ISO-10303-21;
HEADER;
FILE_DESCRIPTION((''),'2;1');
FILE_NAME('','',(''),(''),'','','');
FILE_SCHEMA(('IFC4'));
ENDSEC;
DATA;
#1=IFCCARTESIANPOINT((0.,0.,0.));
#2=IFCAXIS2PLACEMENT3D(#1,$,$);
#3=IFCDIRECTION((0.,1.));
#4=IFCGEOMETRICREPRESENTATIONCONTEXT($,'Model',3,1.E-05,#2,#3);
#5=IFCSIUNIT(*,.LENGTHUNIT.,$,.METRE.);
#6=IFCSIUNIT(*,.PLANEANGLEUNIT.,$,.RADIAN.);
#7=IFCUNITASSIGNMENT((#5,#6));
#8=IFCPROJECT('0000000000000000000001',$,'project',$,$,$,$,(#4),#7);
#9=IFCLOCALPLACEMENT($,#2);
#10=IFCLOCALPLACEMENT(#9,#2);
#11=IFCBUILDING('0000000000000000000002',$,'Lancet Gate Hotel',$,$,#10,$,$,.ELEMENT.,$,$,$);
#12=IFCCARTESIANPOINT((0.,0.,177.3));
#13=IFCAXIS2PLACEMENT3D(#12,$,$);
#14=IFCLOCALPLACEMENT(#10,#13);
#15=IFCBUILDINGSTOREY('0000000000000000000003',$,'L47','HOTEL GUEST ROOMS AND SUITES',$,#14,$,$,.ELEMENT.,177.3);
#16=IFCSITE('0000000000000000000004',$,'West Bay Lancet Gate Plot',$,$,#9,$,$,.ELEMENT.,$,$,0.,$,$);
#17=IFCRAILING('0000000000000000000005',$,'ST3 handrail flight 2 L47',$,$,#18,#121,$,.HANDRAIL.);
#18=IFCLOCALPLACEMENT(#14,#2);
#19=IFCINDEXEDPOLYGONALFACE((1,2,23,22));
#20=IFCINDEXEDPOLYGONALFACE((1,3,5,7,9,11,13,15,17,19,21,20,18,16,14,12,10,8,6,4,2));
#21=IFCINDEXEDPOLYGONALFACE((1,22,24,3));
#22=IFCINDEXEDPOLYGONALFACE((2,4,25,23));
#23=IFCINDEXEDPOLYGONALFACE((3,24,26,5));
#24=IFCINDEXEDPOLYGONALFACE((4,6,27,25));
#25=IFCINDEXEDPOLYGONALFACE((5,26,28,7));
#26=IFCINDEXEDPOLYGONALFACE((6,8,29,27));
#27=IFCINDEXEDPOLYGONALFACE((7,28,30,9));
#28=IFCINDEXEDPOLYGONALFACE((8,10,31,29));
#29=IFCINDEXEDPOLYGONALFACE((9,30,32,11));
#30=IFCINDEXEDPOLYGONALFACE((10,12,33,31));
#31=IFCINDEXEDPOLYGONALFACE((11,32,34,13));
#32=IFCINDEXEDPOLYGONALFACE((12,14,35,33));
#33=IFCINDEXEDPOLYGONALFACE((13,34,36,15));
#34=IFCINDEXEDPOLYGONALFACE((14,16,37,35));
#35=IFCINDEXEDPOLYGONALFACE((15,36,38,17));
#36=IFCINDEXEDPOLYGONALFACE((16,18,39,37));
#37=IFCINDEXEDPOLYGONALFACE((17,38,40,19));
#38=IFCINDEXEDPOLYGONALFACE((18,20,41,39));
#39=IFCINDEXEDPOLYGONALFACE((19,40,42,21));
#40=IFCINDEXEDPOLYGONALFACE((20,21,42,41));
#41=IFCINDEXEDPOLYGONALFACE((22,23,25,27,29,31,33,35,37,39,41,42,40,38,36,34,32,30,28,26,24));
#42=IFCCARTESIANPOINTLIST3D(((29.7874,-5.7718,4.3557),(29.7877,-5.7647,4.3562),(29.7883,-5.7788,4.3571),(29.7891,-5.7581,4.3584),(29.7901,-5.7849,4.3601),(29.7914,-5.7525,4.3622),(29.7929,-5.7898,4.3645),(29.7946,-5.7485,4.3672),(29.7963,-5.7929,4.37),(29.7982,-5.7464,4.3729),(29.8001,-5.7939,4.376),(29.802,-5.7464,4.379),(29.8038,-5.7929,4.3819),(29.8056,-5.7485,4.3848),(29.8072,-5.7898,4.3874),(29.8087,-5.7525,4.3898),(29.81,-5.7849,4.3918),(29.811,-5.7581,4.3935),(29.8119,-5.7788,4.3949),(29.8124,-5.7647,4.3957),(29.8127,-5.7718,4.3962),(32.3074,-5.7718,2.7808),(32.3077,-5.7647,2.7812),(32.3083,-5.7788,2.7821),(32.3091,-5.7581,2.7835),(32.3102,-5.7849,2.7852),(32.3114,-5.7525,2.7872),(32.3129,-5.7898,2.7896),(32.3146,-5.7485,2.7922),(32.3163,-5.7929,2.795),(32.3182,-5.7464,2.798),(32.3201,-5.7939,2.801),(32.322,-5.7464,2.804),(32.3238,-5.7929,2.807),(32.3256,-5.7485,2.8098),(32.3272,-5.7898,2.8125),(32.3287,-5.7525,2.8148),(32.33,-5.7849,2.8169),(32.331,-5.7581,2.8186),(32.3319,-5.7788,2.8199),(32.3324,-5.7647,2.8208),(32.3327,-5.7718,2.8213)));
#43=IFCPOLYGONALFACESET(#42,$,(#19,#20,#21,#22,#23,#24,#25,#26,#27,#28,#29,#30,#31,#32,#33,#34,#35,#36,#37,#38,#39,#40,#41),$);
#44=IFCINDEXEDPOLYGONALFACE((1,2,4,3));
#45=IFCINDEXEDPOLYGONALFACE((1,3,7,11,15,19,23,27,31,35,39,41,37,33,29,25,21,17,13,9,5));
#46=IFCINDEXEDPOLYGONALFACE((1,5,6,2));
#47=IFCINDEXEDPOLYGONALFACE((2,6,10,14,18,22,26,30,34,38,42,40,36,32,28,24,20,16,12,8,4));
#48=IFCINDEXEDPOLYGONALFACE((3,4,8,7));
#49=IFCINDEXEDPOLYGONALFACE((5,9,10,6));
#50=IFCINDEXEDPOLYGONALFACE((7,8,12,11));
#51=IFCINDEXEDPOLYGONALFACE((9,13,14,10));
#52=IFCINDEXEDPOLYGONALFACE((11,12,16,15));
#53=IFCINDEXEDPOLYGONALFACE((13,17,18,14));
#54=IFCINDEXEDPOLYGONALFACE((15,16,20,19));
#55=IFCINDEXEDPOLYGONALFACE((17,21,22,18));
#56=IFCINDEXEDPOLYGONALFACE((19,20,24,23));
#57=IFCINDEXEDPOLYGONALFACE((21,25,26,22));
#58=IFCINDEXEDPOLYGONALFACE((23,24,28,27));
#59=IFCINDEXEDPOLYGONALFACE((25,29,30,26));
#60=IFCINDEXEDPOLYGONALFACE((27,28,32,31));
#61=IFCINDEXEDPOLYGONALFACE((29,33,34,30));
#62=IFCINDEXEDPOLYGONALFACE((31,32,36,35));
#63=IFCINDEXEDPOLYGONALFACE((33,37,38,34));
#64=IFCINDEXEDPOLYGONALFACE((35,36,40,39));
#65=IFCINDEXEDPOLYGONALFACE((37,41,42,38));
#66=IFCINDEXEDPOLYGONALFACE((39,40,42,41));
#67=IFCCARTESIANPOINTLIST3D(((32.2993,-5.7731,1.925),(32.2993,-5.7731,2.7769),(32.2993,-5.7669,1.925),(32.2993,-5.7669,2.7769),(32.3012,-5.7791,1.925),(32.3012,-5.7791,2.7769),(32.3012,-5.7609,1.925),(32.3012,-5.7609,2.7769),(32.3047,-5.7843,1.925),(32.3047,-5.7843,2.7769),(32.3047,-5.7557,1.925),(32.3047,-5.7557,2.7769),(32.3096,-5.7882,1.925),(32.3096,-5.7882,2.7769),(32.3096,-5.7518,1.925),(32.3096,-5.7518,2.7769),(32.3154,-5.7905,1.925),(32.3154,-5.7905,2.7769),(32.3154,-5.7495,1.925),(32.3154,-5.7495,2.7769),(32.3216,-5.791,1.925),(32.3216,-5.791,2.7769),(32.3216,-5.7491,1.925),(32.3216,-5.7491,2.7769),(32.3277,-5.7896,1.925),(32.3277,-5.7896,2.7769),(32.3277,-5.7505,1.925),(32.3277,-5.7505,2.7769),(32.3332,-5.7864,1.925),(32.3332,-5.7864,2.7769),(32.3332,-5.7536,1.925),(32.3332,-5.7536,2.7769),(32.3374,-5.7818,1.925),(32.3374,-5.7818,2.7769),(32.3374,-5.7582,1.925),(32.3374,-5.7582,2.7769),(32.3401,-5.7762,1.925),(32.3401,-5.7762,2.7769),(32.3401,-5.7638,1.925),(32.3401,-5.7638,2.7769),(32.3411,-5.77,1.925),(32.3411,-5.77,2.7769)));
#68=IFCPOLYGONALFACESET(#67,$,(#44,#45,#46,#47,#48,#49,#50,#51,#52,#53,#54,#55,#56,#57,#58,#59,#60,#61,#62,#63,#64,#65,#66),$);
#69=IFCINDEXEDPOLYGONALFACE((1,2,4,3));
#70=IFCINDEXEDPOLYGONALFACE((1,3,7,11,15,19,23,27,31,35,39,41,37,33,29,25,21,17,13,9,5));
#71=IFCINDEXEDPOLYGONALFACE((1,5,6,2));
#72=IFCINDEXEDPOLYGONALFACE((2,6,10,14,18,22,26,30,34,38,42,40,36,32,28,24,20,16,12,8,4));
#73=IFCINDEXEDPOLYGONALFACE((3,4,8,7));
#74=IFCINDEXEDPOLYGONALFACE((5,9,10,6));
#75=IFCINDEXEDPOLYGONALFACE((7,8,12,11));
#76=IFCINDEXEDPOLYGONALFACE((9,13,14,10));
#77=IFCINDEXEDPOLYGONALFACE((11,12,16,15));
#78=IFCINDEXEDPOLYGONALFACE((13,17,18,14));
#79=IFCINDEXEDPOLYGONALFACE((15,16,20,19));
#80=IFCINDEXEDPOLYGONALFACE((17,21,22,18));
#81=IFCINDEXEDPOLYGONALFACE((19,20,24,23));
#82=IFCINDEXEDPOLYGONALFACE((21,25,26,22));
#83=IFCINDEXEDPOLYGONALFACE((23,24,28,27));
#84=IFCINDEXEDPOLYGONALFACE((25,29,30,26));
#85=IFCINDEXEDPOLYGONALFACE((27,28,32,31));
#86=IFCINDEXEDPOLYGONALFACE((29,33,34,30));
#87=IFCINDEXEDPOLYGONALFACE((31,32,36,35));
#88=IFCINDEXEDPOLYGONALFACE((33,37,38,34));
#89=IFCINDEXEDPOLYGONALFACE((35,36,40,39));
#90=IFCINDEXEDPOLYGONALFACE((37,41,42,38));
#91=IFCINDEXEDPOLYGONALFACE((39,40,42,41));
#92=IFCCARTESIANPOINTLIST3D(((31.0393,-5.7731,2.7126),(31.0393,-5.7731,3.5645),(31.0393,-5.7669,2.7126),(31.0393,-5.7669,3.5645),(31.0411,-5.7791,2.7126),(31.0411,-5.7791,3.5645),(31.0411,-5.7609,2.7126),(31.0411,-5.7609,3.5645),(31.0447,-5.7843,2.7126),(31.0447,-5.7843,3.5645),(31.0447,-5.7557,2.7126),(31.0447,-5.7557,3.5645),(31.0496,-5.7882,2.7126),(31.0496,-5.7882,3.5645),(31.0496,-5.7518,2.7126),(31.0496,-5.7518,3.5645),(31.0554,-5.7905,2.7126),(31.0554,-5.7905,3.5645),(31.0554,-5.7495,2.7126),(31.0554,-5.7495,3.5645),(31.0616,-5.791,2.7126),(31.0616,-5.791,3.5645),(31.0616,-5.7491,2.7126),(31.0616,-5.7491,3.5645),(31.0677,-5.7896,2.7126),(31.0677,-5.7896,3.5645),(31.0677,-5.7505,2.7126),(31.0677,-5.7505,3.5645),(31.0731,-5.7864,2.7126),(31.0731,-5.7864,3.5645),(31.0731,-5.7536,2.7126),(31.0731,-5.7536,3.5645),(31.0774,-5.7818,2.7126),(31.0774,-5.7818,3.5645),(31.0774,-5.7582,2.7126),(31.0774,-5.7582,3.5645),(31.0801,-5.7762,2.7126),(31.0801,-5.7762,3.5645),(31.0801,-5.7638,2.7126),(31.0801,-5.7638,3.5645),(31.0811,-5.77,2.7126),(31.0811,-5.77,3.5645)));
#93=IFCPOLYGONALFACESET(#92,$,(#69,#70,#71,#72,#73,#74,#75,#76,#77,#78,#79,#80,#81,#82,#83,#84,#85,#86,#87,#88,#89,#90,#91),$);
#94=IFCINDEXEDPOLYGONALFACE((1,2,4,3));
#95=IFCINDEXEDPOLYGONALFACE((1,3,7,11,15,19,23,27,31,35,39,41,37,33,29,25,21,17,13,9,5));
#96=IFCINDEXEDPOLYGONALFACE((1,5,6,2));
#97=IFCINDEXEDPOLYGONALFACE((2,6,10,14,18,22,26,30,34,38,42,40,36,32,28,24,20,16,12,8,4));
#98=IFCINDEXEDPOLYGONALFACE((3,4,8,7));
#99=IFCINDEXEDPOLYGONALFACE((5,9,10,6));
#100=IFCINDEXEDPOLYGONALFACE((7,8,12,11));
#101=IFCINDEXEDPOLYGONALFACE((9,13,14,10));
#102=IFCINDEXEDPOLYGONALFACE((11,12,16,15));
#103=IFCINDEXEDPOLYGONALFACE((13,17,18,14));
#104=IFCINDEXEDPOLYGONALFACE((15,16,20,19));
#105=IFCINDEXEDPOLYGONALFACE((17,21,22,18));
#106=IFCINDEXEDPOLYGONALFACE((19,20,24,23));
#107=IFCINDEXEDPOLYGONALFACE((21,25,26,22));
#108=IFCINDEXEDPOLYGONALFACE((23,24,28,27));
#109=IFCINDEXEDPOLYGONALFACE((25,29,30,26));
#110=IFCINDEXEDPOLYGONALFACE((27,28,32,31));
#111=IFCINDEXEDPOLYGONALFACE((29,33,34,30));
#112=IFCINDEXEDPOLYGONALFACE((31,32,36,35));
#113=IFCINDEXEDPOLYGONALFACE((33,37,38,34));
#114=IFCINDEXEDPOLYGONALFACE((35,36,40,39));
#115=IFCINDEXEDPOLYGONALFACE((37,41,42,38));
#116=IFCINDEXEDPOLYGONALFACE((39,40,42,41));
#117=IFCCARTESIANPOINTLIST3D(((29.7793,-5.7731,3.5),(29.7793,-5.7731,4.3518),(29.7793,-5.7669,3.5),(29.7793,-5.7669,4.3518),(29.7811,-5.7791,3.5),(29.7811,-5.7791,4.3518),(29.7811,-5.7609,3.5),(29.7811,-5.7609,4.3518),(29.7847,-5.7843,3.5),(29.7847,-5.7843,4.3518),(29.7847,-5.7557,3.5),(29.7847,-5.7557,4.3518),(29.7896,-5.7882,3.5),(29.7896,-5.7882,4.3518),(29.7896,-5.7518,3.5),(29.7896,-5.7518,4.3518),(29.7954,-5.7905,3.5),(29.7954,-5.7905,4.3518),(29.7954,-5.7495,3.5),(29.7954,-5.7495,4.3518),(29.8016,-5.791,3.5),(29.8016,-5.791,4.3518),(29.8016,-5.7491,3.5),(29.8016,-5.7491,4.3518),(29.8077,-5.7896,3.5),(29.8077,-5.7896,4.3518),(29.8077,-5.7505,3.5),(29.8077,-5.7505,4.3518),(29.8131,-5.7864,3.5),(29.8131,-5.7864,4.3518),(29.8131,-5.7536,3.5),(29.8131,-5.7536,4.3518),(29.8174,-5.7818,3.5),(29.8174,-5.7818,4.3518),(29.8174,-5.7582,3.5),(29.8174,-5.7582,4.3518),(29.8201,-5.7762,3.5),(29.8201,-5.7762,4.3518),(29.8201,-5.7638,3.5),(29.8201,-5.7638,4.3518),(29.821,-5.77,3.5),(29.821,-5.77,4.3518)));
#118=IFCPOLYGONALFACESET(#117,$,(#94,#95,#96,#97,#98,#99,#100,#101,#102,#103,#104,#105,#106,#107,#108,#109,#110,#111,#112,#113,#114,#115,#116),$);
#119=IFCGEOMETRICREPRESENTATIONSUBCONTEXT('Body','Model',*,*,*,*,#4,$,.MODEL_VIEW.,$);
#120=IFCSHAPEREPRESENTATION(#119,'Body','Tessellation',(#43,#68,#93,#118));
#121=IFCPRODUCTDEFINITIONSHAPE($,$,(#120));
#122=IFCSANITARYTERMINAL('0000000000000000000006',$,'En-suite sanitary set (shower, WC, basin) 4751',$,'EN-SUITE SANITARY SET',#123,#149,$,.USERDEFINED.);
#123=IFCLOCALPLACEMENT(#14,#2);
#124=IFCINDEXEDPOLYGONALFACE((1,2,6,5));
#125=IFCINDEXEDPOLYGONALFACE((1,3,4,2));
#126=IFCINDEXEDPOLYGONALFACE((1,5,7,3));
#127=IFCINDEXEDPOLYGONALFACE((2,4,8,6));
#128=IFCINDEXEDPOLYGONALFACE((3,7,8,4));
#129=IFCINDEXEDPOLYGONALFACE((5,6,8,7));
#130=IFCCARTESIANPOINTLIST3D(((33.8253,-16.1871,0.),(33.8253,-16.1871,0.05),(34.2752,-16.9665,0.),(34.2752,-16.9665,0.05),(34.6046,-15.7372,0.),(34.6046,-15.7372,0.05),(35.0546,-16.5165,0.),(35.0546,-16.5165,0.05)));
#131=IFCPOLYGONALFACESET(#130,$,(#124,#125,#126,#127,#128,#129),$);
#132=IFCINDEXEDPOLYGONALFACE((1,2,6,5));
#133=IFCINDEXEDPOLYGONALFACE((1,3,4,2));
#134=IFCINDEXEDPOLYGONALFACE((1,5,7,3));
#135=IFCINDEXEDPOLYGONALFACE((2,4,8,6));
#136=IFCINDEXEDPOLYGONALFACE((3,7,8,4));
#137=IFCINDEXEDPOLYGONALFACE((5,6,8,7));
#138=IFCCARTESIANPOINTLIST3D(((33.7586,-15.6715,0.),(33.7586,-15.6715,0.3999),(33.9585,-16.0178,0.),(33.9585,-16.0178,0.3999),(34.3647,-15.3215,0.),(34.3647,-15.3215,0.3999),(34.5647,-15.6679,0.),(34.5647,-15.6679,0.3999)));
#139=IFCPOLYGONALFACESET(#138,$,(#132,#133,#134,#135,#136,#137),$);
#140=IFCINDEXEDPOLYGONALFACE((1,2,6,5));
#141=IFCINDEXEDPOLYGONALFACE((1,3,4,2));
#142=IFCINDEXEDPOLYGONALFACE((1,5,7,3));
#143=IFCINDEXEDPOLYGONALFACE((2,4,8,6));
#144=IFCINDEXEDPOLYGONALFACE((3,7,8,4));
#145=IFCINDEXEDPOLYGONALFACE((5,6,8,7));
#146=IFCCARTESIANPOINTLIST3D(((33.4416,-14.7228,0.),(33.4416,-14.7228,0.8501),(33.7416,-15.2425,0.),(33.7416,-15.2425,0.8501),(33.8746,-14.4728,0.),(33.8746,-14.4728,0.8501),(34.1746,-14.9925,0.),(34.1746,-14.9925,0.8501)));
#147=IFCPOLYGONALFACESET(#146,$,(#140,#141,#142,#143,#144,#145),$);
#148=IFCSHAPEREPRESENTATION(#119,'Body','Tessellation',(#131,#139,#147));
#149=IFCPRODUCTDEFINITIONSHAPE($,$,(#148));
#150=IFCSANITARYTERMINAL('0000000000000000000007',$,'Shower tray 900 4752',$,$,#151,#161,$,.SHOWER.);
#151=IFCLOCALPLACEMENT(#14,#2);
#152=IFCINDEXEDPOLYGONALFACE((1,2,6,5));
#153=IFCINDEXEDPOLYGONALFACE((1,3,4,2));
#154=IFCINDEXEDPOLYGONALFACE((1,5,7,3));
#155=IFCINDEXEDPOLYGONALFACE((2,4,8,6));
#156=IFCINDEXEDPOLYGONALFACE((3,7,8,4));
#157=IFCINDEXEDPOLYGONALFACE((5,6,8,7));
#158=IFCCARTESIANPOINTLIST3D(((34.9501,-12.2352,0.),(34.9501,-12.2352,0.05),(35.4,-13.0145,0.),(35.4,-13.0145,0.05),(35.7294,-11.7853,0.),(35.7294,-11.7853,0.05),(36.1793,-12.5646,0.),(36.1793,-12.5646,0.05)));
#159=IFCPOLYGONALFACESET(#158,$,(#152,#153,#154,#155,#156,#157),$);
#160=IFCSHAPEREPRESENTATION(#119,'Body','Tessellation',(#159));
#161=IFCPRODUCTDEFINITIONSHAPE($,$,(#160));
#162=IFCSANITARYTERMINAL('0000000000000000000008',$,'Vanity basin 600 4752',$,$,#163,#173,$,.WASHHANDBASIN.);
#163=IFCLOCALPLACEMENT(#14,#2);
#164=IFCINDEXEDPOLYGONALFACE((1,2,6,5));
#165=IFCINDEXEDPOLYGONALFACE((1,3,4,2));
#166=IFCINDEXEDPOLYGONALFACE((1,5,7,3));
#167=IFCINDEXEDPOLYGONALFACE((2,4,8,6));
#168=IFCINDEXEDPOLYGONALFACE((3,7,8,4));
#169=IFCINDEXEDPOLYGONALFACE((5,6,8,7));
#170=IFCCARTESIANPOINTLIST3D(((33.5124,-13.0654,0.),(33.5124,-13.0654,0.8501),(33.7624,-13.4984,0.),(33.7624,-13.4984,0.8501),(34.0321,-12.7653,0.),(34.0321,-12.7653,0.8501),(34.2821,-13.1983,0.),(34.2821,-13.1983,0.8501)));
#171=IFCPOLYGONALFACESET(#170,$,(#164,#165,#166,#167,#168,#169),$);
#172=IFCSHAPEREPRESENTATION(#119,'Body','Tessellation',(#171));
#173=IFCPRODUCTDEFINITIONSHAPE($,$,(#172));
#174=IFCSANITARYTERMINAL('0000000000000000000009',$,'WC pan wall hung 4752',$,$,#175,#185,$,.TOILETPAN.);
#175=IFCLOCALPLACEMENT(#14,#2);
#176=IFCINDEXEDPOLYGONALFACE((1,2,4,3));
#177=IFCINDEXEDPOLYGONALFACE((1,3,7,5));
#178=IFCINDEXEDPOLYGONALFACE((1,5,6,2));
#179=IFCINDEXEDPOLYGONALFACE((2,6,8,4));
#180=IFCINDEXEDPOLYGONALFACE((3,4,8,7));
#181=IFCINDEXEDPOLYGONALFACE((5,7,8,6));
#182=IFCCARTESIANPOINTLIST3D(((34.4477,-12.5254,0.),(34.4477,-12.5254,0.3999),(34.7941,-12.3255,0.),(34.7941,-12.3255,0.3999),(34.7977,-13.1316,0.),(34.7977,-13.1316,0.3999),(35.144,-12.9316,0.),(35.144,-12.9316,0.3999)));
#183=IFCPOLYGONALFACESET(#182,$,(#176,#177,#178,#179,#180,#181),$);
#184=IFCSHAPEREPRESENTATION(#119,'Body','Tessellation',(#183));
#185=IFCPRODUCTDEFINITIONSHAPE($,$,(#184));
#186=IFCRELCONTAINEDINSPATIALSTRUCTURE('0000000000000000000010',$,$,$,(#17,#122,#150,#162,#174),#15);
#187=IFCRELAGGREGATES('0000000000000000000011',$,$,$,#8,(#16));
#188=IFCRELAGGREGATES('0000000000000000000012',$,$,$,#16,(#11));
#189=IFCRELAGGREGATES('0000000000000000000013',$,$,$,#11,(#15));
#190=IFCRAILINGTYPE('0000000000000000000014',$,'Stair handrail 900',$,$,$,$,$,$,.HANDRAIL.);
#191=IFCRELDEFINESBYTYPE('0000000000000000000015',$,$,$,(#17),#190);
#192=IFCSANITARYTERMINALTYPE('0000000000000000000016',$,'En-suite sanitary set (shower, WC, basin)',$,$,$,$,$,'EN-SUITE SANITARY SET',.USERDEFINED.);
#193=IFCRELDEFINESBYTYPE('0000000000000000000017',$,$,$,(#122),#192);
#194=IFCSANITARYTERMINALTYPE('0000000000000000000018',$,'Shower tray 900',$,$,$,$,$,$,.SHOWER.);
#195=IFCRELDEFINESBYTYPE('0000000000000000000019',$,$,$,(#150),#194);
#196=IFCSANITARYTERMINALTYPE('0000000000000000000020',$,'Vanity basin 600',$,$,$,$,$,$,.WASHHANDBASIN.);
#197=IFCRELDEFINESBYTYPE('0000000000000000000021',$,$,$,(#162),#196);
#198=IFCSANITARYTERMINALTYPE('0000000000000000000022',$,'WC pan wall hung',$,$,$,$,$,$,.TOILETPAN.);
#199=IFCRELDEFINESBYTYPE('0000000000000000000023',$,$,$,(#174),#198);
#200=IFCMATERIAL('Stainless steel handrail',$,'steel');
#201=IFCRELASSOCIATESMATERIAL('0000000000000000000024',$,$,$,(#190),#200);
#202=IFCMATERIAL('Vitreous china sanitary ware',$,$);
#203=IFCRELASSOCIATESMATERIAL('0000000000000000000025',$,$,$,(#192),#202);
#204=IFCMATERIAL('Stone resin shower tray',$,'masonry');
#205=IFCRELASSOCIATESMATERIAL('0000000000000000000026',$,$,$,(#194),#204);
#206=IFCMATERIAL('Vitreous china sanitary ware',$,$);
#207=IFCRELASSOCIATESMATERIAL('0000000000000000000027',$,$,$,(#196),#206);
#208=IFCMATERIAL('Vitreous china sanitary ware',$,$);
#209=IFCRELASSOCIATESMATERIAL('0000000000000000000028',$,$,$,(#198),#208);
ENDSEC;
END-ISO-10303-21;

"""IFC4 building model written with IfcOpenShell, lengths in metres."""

from ifc_helpers import new_model, si_unit, direction, frame, origin, origin_2d, place, context, subcontext, project, spatial, rectangle, circle, extrude, material, type_object, element, save


model = new_model("IFC4")

# Units and contexts
model_context = context("Model", 3, precision=1e-05, world=origin(), true_north=direction((0.0, 1.0)))
body_context = subcontext(model_context, "Body", "Model", "MODEL_VIEW")
ifc_project = project(units=[si_unit("LENGTHUNIT", "METRE"), si_unit("PLANEANGLEUNIT", "RADIAN")], contexts=[model_context])

# Site, building, storey
site_placement = place(None, origin())
site = spatial("IfcSite", under=ifc_project, at=site_placement, Name="West Bay Lancet Gate Plot", CompositionType="ELEMENT", RefElevation=0.0)
building_placement = place(site_placement, origin())
building = spatial("IfcBuilding", under=site, at=building_placement, Name="Lancet Gate Hotel", CompositionType="ELEMENT")
storey_placement = place(building_placement, frame((0.0, 0.0, 177.3)))
storey = spatial("IfcBuildingStorey", under=building, at=storey_placement, Name="L47", Description="HOTEL GUEST ROOMS AND SUITES", CompositionType="ELEMENT", Elevation=177.3)

# Railing
ifc_material_1 = material(Name="Stainless steel handrail", Category="steel")
railing_type = type_object("IfcRailingType", Name="Stair handrail 900", PredefinedType="HANDRAIL", material=ifc_material_1)
railing_placement = place(storey_placement, frame((32.3201, -5.77, 1.925)))
element("IfcRailing", 1, at=railing_placement, inside=storey, type_object=railing_type, Name="ST3 handrail flight 2 L47", PredefinedType="HANDRAIL", context=body_context, shape_type="SweptSolid", body=[
    extrude(circle(Radius=0.0239, at=origin_2d()), frame((0.0, 0.0, 0.876), z_axis=(-0.848008, 0.0, 0.529984), x_axis=(0.0, -1.0, 0.0)), (0.0, 0.0, 1.0), 2.9717),
    extrude(circle(Radius=0.021, at=origin_2d()), origin(), (0.0, 0.0, 1.0), 0.8518),
    extrude(circle(Radius=0.021, at=origin_2d()), frame((-1.26, 0.0, 0.7876)), (0.0, 0.0, 1.0), 0.8518),
    extrude(circle(Radius=0.021, at=origin_2d()), frame((-2.52, 0.0, 1.575)), (0.0, 0.0, 1.0), 0.8518),
])

# Sanitary terminals
ifc_material_2 = material(Name="Vitreous china sanitary ware")
sanitary_terminal_type_1 = type_object("IfcSanitaryTerminalType", Name="En-suite sanitary set (shower, WC, basin)", ElementType="EN-SUITE SANITARY SET", PredefinedType="USERDEFINED", material=ifc_material_2)
sanitary_terminal_1_placement = place(storey_placement, frame((34.4399, -16.3518, 0.0), z_axis=(0.0, 0.0, 1.0), x_axis=(1.0, 0.0, 0.0)))
element("IfcSanitaryTerminal", 2, at=sanitary_terminal_1_placement, inside=storey, type_object=sanitary_terminal_type_1, Name="En-suite sanitary set (shower, WC, basin) 4751", ObjectType="EN-SUITE SANITARY SET", PredefinedType="USERDEFINED", context=body_context, shape_type="SweptSolid", body=[
    extrude(rectangle(XDim=0.8999, YDim=0.8999, at=origin_2d()), frame((0.0, 0.0, 0.0), z_axis=(0.0, 0.0, 1.0), x_axis=(0.5, -0.866025, 0.0)), (0.0, 0.0, 1.0), 0.05),
    extrude(rectangle(XDim=0.3999, YDim=0.7, at=origin_2d()), frame((-0.2783, 0.6821, 0.0), z_axis=(0.0, 0.0, 1.0), x_axis=(0.5, -0.866025, 0.0)), (0.0, 0.0, 1.0), 0.3999),
    extrude(rectangle(XDim=0.6001, YDim=0.5, at=origin_2d()), frame((-0.6318, 1.4941, 0.0), z_axis=(0.0, 0.0, 1.0), x_axis=(0.5, -0.866025, 0.0)), (0.0, 0.0, 1.0), 0.8501),
])
ifc_material_3 = material(Name="Stone resin shower tray", Category="masonry")
sanitary_terminal_type_2 = type_object("IfcSanitaryTerminalType", Name="Shower tray 900", PredefinedType="SHOWER", material=ifc_material_3)
sanitary_terminal_2_placement = place(storey_placement, frame((35.5647, -12.3999, 0.0), z_axis=(0.0, 0.0, 1.0), x_axis=(0.866025, 0.5, 0.0)))
element("IfcSanitaryTerminal", 3, at=sanitary_terminal_2_placement, inside=storey, type_object=sanitary_terminal_type_2, Name="Shower tray 900 4752", PredefinedType="SHOWER", context=body_context, shape_type="SweptSolid", body=[
    extrude(rectangle(XDim=0.8999, YDim=0.8999, at=origin_2d()), origin(), (0.0, 0.0, 1.0), 0.05),
])
ifc_material_4 = material(Name="Vitreous china sanitary ware")
sanitary_terminal_type_3 = type_object("IfcSanitaryTerminalType", Name="Vanity basin 600", PredefinedType="WASHHANDBASIN", material=ifc_material_4)
sanitary_terminal_3_placement = place(storey_placement, frame((33.8972, -13.1318, 0.0), z_axis=(0.0, 0.0, 1.0), x_axis=(0.866025, 0.5, 0.0)))
element("IfcSanitaryTerminal", 4, at=sanitary_terminal_3_placement, inside=storey, type_object=sanitary_terminal_type_3, Name="Vanity basin 600 4752", PredefinedType="WASHHANDBASIN", context=body_context, shape_type="SweptSolid", body=[
    extrude(rectangle(XDim=0.6001, YDim=0.5, at=origin_2d()), origin(), (0.0, 0.0, 1.0), 0.8501),
])
ifc_material_5 = material(Name="Vitreous china sanitary ware")
sanitary_terminal_type_4 = type_object("IfcSanitaryTerminalType", Name="WC pan wall hung", PredefinedType="TOILETPAN", material=ifc_material_5)
sanitary_terminal_4_placement = place(storey_placement, frame((34.7959, -12.7285, 0.0), z_axis=(0.0, 0.0, 1.0), x_axis=(0.866025, 0.5, 0.0)))
element("IfcSanitaryTerminal", 5, at=sanitary_terminal_4_placement, inside=storey, type_object=sanitary_terminal_type_4, Name="WC pan wall hung 4752", PredefinedType="TOILETPAN", context=body_context, shape_type="SweptSolid", body=[
    extrude(rectangle(XDim=0.3999, YDim=0.7, at=origin_2d()), origin(), (0.0, 0.0, 1.0), 0.3999),
])

save(model, "model.ifc")
